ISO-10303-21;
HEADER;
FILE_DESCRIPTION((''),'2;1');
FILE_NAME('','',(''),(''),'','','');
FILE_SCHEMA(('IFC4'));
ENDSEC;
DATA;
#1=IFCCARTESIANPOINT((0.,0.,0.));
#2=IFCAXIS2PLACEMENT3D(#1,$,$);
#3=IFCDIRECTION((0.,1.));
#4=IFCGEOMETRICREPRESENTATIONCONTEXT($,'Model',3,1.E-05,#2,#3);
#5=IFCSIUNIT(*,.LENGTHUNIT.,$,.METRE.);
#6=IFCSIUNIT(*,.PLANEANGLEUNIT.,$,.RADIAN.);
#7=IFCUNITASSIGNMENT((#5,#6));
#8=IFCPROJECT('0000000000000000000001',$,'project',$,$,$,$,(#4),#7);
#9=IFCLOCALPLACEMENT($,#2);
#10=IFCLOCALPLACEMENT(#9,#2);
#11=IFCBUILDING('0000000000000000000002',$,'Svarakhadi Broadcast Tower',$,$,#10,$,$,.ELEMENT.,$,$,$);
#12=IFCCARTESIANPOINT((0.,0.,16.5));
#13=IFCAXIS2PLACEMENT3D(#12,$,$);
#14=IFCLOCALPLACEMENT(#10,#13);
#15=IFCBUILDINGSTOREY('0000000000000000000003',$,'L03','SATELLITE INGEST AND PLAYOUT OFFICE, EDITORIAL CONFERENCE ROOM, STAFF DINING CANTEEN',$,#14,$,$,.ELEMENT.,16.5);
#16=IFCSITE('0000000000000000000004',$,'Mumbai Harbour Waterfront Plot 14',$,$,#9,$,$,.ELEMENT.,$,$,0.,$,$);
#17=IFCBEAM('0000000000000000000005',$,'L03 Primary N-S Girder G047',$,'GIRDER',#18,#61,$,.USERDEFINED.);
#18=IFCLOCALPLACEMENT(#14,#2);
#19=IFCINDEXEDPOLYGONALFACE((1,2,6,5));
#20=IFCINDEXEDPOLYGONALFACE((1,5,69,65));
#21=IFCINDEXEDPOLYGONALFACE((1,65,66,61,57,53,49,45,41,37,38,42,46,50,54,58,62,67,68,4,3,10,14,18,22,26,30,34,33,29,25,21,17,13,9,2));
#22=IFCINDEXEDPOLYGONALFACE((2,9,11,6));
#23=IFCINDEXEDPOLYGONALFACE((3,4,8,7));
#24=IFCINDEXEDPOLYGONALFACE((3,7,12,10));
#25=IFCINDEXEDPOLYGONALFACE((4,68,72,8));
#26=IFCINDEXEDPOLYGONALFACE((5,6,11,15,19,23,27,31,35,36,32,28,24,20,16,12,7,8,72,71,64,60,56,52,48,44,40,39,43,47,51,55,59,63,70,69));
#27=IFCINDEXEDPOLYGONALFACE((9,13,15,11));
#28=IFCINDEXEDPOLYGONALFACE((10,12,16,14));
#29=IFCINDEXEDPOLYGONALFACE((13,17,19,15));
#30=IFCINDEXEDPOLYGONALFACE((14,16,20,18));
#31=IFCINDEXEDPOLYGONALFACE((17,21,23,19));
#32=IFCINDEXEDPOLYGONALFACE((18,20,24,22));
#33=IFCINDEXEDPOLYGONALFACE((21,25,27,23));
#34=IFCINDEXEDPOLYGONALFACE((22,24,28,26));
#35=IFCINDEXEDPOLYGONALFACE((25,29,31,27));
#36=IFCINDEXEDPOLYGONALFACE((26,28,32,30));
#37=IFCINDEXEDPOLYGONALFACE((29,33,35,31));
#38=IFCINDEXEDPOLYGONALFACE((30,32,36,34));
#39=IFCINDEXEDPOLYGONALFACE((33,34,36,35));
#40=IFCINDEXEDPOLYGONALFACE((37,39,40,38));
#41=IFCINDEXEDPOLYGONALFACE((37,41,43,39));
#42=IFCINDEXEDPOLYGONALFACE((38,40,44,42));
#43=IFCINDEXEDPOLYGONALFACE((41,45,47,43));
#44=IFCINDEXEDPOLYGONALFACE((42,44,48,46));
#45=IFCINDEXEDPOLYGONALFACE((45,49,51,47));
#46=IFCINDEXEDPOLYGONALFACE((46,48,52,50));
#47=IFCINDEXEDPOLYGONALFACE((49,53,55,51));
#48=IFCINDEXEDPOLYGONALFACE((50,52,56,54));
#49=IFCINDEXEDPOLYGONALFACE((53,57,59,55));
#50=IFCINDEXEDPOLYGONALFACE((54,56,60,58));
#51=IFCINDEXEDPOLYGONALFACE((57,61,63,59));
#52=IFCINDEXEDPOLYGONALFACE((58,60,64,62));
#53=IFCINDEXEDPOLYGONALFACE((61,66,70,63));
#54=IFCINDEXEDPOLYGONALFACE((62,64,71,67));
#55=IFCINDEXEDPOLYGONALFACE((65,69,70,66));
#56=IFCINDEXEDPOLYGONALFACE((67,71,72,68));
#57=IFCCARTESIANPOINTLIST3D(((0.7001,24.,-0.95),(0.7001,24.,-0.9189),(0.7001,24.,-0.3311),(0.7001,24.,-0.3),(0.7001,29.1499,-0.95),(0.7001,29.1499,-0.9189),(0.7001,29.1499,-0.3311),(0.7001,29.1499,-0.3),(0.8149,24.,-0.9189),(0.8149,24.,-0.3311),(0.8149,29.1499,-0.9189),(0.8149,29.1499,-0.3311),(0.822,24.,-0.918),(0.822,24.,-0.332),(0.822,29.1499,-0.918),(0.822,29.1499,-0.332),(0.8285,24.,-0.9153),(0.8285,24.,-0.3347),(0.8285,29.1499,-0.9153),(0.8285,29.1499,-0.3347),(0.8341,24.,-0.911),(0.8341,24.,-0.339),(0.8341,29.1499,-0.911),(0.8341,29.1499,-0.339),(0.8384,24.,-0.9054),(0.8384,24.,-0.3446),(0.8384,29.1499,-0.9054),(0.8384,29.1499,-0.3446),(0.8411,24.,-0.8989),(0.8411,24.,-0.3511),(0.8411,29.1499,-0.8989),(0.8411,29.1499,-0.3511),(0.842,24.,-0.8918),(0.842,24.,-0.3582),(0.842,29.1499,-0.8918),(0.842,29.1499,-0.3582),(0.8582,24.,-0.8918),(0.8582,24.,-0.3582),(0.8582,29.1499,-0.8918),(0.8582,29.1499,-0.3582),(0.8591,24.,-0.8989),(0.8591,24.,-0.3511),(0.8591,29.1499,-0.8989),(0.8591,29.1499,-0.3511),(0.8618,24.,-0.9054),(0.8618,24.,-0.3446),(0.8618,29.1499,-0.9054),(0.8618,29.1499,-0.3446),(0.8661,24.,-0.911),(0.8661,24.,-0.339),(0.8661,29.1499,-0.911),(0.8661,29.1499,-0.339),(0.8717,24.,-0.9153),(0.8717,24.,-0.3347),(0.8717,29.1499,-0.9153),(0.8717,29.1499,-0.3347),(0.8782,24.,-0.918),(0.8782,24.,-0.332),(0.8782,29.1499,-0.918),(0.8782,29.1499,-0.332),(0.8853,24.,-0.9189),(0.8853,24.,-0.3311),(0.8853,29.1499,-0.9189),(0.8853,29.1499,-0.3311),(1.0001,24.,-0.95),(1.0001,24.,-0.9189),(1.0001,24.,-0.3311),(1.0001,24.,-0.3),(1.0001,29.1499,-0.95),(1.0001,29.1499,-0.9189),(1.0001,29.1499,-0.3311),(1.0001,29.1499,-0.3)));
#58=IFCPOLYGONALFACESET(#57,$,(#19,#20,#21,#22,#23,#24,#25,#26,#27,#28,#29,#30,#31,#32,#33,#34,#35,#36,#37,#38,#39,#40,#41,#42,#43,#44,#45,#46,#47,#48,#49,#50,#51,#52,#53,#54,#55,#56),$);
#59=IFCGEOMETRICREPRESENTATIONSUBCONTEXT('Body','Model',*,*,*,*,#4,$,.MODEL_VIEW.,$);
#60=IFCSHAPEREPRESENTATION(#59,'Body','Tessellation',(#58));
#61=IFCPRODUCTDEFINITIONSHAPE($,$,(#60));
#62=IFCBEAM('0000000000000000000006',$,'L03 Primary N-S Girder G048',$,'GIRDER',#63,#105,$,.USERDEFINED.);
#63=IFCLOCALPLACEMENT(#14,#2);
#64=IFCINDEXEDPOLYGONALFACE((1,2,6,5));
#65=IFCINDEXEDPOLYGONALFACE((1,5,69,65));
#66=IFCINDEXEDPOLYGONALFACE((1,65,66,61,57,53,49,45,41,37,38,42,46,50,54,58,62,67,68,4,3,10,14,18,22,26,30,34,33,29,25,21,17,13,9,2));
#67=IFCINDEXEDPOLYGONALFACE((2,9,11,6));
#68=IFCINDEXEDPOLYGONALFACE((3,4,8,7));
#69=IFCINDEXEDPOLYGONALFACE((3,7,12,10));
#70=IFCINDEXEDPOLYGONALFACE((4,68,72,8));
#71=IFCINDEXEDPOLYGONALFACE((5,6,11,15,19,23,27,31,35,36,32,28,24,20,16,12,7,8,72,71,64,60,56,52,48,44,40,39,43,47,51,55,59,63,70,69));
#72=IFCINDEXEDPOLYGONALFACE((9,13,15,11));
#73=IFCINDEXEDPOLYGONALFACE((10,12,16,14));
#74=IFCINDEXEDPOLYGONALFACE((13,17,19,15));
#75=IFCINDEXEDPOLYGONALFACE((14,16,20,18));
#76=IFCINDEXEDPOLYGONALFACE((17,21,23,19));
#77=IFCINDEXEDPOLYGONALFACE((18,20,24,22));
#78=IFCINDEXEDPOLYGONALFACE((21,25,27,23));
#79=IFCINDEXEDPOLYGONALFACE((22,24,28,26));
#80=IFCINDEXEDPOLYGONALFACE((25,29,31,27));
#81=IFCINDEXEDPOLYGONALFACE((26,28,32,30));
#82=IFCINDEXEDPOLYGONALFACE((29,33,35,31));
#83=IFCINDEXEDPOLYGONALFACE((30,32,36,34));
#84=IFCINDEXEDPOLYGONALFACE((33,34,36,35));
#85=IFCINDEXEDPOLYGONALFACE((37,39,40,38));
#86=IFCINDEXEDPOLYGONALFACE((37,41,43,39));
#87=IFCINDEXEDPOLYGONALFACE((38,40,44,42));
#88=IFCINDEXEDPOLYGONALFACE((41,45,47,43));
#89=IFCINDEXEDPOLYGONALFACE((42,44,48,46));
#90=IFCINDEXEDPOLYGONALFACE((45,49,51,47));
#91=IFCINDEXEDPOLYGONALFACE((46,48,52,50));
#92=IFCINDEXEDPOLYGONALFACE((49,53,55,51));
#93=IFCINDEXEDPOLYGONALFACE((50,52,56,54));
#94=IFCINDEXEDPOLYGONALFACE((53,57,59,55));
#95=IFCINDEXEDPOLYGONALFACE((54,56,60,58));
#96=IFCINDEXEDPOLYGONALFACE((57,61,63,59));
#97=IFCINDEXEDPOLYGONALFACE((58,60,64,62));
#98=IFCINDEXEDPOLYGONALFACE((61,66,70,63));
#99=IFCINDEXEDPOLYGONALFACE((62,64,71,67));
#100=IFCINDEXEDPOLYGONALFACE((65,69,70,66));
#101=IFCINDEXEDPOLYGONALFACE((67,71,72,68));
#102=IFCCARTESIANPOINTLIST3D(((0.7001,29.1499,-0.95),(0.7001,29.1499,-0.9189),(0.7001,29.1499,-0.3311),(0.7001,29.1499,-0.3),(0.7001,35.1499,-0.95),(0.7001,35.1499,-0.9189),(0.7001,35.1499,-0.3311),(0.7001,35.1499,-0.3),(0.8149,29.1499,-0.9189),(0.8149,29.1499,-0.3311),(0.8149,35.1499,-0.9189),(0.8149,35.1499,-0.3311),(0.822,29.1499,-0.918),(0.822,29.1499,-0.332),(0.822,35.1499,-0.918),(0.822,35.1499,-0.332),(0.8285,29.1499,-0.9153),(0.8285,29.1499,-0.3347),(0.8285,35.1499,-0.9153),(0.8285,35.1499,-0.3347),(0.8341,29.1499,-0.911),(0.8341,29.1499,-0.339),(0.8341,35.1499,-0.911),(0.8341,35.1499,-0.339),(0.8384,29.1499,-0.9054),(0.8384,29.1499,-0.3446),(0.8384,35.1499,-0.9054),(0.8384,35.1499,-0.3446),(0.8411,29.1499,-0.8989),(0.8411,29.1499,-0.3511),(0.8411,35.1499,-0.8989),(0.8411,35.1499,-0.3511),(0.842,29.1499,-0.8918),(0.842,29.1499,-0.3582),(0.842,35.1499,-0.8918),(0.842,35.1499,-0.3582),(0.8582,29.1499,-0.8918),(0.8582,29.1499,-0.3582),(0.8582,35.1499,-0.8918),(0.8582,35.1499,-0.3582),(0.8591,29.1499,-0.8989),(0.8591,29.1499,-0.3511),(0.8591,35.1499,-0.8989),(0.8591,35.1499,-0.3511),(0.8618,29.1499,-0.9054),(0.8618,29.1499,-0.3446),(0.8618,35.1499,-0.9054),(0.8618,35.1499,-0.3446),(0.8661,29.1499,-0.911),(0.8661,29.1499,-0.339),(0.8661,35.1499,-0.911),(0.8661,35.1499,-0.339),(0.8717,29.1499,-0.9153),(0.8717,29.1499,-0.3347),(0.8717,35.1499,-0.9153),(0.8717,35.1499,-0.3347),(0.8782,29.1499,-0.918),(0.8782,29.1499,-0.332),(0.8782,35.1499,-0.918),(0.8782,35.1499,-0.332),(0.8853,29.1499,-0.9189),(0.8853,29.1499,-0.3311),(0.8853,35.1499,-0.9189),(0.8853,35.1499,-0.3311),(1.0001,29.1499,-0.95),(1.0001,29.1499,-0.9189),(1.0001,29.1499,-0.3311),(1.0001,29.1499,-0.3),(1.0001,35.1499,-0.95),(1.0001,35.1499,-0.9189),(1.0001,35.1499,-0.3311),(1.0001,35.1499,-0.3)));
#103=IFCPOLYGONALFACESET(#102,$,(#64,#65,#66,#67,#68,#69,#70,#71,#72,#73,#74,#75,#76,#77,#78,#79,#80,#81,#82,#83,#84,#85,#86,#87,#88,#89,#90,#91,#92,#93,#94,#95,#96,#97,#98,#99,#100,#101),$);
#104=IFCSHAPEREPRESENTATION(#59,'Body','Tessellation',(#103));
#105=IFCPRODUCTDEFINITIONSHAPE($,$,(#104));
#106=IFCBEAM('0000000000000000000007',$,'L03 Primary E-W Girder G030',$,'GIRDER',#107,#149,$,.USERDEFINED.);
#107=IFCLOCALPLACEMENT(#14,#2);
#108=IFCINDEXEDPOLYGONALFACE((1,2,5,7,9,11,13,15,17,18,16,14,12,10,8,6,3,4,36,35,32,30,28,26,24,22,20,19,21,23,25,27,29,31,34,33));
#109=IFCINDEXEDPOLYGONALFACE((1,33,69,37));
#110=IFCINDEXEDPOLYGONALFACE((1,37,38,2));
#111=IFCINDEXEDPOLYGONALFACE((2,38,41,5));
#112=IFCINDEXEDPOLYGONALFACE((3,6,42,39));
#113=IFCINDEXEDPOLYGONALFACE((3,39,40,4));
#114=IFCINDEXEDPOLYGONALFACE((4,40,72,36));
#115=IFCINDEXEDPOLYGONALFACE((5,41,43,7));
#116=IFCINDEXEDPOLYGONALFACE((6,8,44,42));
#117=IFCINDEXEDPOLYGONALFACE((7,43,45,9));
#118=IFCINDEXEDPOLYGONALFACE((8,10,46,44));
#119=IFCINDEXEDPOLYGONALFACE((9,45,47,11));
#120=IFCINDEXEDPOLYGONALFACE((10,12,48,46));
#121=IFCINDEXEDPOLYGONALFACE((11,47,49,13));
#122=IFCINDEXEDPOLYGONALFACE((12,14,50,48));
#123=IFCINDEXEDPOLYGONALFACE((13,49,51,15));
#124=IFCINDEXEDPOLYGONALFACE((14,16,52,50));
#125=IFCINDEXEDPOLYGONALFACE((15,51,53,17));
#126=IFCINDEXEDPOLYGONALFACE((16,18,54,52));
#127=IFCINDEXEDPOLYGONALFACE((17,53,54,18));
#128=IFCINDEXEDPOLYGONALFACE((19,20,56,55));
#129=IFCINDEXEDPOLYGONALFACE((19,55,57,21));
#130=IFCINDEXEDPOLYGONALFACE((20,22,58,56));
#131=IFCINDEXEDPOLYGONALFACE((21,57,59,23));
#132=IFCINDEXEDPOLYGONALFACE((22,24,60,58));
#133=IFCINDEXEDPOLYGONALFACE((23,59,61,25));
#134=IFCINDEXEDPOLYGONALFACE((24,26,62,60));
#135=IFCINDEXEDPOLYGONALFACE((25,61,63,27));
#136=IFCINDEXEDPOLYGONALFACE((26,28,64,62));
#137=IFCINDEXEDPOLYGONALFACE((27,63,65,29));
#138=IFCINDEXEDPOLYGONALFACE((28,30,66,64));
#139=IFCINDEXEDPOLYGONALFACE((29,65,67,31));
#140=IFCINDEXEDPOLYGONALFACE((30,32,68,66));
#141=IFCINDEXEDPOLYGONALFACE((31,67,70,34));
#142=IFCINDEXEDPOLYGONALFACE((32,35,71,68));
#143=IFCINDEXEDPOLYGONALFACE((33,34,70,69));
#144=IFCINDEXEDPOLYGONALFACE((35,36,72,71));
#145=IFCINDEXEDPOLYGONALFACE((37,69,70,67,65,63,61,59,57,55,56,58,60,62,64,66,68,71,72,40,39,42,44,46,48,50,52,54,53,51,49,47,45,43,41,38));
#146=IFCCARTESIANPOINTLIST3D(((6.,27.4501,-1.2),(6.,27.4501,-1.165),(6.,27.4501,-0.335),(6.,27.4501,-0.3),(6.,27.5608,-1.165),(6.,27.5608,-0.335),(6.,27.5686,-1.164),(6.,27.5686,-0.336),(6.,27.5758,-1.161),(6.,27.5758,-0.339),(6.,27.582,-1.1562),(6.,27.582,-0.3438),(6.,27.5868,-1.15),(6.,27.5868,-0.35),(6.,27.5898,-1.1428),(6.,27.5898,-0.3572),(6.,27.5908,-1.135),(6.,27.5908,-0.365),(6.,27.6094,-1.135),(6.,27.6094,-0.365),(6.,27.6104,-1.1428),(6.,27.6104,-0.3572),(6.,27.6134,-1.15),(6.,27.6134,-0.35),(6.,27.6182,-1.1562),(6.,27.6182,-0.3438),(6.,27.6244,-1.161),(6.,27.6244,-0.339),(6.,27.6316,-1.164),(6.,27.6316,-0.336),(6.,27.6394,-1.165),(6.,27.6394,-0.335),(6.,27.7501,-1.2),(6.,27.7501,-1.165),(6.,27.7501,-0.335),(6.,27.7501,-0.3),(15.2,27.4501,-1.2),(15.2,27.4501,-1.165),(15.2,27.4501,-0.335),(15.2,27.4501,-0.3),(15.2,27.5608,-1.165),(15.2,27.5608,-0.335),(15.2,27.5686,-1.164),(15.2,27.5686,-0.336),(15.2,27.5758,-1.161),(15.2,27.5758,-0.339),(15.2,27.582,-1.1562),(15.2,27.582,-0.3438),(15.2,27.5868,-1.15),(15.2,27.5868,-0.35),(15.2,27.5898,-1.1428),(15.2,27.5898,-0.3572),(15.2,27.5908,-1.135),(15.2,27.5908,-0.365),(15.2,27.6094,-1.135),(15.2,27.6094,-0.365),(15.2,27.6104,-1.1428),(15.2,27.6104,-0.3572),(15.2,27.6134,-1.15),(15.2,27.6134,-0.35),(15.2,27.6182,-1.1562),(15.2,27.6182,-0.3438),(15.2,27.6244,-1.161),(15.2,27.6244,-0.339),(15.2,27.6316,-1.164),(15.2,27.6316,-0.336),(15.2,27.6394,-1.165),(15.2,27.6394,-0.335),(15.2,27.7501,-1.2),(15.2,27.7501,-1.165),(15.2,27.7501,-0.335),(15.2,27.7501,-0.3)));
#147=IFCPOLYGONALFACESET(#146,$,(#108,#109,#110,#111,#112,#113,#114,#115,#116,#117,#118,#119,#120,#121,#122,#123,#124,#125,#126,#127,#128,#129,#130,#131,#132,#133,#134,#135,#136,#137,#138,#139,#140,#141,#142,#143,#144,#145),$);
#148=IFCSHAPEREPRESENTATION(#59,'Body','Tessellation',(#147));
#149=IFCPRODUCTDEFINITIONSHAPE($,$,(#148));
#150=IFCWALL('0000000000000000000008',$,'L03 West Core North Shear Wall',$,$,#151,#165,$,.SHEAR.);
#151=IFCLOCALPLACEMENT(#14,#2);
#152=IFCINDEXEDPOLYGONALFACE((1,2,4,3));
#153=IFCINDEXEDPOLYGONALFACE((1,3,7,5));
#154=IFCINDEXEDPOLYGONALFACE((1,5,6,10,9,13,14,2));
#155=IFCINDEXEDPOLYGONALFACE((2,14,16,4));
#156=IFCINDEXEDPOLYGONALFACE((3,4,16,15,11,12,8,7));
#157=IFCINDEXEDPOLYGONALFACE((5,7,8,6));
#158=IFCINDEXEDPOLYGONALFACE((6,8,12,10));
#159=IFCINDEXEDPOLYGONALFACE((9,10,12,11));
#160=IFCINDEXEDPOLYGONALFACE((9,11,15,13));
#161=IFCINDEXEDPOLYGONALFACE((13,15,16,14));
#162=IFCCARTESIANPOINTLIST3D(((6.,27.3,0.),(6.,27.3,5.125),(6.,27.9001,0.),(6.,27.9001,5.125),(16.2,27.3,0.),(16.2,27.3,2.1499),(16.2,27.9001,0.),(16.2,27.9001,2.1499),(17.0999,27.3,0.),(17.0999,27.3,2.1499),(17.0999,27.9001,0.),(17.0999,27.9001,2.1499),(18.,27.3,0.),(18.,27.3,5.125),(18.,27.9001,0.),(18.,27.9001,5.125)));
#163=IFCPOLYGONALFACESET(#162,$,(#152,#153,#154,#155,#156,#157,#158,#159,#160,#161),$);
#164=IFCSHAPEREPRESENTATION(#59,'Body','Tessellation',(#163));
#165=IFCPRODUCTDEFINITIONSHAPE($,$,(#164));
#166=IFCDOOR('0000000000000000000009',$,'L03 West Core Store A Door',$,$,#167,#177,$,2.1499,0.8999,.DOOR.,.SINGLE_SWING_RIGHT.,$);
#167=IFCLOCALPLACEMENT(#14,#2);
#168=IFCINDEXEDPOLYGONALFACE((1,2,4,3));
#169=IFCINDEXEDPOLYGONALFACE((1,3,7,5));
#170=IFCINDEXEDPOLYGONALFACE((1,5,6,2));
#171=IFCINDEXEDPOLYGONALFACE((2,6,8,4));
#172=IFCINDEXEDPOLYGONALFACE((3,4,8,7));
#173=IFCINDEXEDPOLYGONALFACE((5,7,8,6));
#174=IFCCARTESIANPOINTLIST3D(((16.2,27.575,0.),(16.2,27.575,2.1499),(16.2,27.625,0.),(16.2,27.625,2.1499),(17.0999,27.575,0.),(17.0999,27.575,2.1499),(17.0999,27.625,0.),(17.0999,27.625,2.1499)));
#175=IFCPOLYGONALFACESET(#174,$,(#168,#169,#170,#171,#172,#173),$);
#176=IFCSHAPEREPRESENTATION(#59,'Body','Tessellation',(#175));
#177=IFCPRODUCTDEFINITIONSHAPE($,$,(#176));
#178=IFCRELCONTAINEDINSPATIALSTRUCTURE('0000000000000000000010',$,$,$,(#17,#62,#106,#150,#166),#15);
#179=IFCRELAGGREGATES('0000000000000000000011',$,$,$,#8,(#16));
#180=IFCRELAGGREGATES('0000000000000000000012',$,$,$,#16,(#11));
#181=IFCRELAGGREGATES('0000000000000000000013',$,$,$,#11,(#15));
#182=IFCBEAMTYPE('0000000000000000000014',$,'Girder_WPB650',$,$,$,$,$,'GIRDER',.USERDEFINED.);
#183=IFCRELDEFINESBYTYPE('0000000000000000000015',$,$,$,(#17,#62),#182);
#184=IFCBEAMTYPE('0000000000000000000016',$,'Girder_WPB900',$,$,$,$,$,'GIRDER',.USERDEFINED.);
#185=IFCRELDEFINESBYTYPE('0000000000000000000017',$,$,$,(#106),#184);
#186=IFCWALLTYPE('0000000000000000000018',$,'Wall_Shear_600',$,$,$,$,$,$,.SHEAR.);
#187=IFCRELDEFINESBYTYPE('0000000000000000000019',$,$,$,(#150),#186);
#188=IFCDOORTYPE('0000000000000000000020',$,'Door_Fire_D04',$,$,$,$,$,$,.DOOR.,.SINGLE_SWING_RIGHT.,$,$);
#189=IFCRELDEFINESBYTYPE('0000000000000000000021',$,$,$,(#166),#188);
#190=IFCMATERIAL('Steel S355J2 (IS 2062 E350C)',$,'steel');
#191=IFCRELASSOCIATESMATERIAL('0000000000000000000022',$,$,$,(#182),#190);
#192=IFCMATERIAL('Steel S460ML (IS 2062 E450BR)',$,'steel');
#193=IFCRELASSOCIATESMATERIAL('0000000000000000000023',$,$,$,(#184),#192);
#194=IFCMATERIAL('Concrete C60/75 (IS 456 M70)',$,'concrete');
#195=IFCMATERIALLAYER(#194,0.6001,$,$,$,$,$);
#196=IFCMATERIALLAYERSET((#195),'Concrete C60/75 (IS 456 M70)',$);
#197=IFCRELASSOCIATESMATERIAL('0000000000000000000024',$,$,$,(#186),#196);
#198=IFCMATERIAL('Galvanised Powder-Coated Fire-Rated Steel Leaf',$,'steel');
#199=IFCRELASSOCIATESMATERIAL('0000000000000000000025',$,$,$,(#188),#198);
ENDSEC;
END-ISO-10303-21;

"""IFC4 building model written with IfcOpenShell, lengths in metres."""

from ifc_helpers import new_model, si_unit, direction, frame, frame_2d, origin, origin_2d, place, context, subcontext, project, spatial, rectangle, i_section, extrude, material, layer, layer_set, material_profile, profile_set, type_object, element, fill, save


model = new_model("IFC4")

# Units and contexts
model_context = context("Model", 3, precision=1e-05, world=origin(), true_north=direction((0.0, 1.0)))
body_context = subcontext(model_context, "Body", "Model", "MODEL_VIEW")
ifc_project = project(units=[si_unit("LENGTHUNIT", "METRE"), si_unit("PLANEANGLEUNIT", "RADIAN")], contexts=[model_context])

# Site, building, storey
site_placement = place(None, origin())
site = spatial("IfcSite", under=ifc_project, at=site_placement, Name="Mumbai Harbour Waterfront Plot 14", CompositionType="ELEMENT", RefElevation=0.0)
building_placement = place(site_placement, origin())
building = spatial("IfcBuilding", under=site, at=building_placement, Name="Svarakhadi Broadcast Tower", CompositionType="ELEMENT")
storey_placement = place(building_placement, frame((0.0, 0.0, 16.5)))
storey = spatial("IfcBuildingStorey", under=building, at=storey_placement, Name="L03", Description="SATELLITE INGEST AND PLAYOUT OFFICE, EDITORIAL CONFERENCE ROOM, STAFF DINING CANTEEN", CompositionType="ELEMENT", Elevation=16.5)

# Shared definitions
ifc_material_1 = material(Name="Steel S460ML (IS 2062 E450BR)", Category="steel")
ifc_material_2 = material(Name="Concrete C60/75 (IS 456 M70)", Category="concrete")

# Shared definitions
ifc_material_3 = material(Name="Steel S355J2 (IS 2062 E350C)", Category="steel")

# Beams
ifc_material_profile_1 = material_profile(ifc_material_3, i_section(OverallWidth=0.3, OverallDepth=0.6499, WebThickness=0.0161, FlangeThickness=0.031, FilletRadius=0.0271, at=origin_2d()), Name="WPB 650x300x225")
ifc_profile_set_1 = profile_set([ifc_material_profile_1], Name="Steel S355J2 (IS 2062 E350C)")
beam_type_1 = type_object("IfcBeamType", Name="Girder_WPB650", ElementType="GIRDER", PredefinedType="USERDEFINED", material=ifc_profile_set_1)
for number, where, z_axis, x_axis, name in (
    (1, (0.8501, 24.0, -0.625), (0.0, 1.0, 0.0), (-1.0, 0.0, 0.0), "L03 Primary N-S Girder G047"),
):
    element("IfcBeam", number, at=place(storey_placement, frame(where, z_axis=z_axis, x_axis=x_axis)), inside=storey, type_object=beam_type_1, Name=name, ObjectType="GIRDER", PredefinedType="USERDEFINED", context=body_context, shape_type="SweptSolid", body=[
        extrude(i_section(OverallWidth=0.3, OverallDepth=0.6499, WebThickness=0.0161, FlangeThickness=0.031, FilletRadius=0.0271, at=origin_2d()), origin(), (0.0, 0.0, 1.0), 5.1499),
    ])
beam_1_placement = place(storey_placement, frame((0.8501, 29.1499, -0.625), z_axis=(0.0, 1.0, 0.0), x_axis=(-1.0, 0.0, 0.0)))
element("IfcBeam", 2, at=beam_1_placement, inside=storey, type_object=beam_type_1, Name="L03 Primary N-S Girder G048", ObjectType="GIRDER", PredefinedType="USERDEFINED", context=body_context, shape_type="SweptSolid", body=[
    extrude(i_section(OverallWidth=0.3, OverallDepth=0.6499, WebThickness=0.0161, FlangeThickness=0.031, FilletRadius=0.0271, at=origin_2d()), origin(), (0.0, 0.0, 1.0), 6.0),
])
ifc_material_profile_2 = material_profile(ifc_material_1, i_section(OverallWidth=0.3, OverallDepth=0.8999, WebThickness=0.0186, FlangeThickness=0.0349, FilletRadius=0.03, at=origin_2d()), Name="WPB 900x300x291")
ifc_profile_set_2 = profile_set([ifc_material_profile_2], Name="Steel S460ML (IS 2062 E450BR)")
beam_type_2 = type_object("IfcBeamType", Name="Girder_WPB900", ElementType="GIRDER", PredefinedType="USERDEFINED", material=ifc_profile_set_2)
beam_2_placement = place(storey_placement, frame((6.0, 27.6001, -0.75), z_axis=(1.0, 0.0, 0.0), x_axis=(0.0, 1.0, 0.0)))
element("IfcBeam", 3, at=beam_2_placement, inside=storey, type_object=beam_type_2, Name="L03 Primary E-W Girder G030", ObjectType="GIRDER", PredefinedType="USERDEFINED", context=body_context, shape_type="SweptSolid", body=[
    extrude(i_section(OverallWidth=0.3, OverallDepth=0.8999, WebThickness=0.0186, FlangeThickness=0.0349, FilletRadius=0.03, at=origin_2d()), origin(), (0.0, 0.0, 1.0), 9.2),
])

# Wall, opening, door
ifc_layer_1 = layer(ifc_material_2, 0.6001)
ifc_layer_set_1 = layer_set([ifc_layer_1], Name="Concrete C60/75 (IS 456 M70)")
wall_type = type_object("IfcWallType", Name="Wall_Shear_600", PredefinedType="SHEAR", material=ifc_layer_set_1)
wall_placement = place(storey_placement, frame((6.0, 27.6001, 0.0), z_axis=(0.0, 0.0, 1.0), x_axis=(1.0, 0.0, 0.0)))
wall = element("IfcWall", 4, at=wall_placement, inside=storey, type_object=wall_type, Name="L03 West Core North Shear Wall", PredefinedType="SHEAR", context=body_context, shape_type="SweptSolid", body=[
    extrude(rectangle(XDim=12.0, YDim=0.6001, at=frame_2d((6.0, 0.0))), origin(), (0.0, 0.0, 1.0), 5.125),
])
opening_placement = place(wall_placement, frame((10.2, 0.0, 0.0)))
opening = element("IfcOpeningElement", 5, at=opening_placement, cuts=wall, PredefinedType="OPENING", context=body_context, shape_type="SweptSolid", body=[
    extrude(rectangle(XDim=0.8999, YDim=2.1499, at=frame_2d((0.45, 1.075))), frame((0.0, 0.3101, 0.0), z_axis=(0.0, -1.0, 0.0), x_axis=(1.0, 0.0, 0.0)), (0.0, 0.0, 1.0), 0.6201),
])
ifc_material_4 = material(Name="Galvanised Powder-Coated Fire-Rated Steel Leaf", Category="steel")
door_type = type_object("IfcDoorType", Name="Door_Fire_D04", OperationType="SINGLE_SWING_RIGHT", PredefinedType="DOOR", material=ifc_material_4)
door_placement = place(opening_placement, origin())
door = element("IfcDoor", 6, at=door_placement, inside=storey, type_object=door_type, Name="L03 West Core Store A Door", OperationType="SINGLE_SWING_RIGHT", OverallHeight=2.1499, OverallWidth=0.8999, PredefinedType="DOOR", context=body_context, shape_type="SweptSolid", body=[
    extrude(rectangle(XDim=0.8999, YDim=2.1499, at=frame_2d((0.45, 1.075))), frame((0.0, 0.0249, 0.0), z_axis=(0.0, -1.0, 0.0), x_axis=(1.0, 0.0, 0.0)), (0.0, 0.0, 1.0), 0.05),
])
fill(opening, door)

save(model, "model.ifc")
